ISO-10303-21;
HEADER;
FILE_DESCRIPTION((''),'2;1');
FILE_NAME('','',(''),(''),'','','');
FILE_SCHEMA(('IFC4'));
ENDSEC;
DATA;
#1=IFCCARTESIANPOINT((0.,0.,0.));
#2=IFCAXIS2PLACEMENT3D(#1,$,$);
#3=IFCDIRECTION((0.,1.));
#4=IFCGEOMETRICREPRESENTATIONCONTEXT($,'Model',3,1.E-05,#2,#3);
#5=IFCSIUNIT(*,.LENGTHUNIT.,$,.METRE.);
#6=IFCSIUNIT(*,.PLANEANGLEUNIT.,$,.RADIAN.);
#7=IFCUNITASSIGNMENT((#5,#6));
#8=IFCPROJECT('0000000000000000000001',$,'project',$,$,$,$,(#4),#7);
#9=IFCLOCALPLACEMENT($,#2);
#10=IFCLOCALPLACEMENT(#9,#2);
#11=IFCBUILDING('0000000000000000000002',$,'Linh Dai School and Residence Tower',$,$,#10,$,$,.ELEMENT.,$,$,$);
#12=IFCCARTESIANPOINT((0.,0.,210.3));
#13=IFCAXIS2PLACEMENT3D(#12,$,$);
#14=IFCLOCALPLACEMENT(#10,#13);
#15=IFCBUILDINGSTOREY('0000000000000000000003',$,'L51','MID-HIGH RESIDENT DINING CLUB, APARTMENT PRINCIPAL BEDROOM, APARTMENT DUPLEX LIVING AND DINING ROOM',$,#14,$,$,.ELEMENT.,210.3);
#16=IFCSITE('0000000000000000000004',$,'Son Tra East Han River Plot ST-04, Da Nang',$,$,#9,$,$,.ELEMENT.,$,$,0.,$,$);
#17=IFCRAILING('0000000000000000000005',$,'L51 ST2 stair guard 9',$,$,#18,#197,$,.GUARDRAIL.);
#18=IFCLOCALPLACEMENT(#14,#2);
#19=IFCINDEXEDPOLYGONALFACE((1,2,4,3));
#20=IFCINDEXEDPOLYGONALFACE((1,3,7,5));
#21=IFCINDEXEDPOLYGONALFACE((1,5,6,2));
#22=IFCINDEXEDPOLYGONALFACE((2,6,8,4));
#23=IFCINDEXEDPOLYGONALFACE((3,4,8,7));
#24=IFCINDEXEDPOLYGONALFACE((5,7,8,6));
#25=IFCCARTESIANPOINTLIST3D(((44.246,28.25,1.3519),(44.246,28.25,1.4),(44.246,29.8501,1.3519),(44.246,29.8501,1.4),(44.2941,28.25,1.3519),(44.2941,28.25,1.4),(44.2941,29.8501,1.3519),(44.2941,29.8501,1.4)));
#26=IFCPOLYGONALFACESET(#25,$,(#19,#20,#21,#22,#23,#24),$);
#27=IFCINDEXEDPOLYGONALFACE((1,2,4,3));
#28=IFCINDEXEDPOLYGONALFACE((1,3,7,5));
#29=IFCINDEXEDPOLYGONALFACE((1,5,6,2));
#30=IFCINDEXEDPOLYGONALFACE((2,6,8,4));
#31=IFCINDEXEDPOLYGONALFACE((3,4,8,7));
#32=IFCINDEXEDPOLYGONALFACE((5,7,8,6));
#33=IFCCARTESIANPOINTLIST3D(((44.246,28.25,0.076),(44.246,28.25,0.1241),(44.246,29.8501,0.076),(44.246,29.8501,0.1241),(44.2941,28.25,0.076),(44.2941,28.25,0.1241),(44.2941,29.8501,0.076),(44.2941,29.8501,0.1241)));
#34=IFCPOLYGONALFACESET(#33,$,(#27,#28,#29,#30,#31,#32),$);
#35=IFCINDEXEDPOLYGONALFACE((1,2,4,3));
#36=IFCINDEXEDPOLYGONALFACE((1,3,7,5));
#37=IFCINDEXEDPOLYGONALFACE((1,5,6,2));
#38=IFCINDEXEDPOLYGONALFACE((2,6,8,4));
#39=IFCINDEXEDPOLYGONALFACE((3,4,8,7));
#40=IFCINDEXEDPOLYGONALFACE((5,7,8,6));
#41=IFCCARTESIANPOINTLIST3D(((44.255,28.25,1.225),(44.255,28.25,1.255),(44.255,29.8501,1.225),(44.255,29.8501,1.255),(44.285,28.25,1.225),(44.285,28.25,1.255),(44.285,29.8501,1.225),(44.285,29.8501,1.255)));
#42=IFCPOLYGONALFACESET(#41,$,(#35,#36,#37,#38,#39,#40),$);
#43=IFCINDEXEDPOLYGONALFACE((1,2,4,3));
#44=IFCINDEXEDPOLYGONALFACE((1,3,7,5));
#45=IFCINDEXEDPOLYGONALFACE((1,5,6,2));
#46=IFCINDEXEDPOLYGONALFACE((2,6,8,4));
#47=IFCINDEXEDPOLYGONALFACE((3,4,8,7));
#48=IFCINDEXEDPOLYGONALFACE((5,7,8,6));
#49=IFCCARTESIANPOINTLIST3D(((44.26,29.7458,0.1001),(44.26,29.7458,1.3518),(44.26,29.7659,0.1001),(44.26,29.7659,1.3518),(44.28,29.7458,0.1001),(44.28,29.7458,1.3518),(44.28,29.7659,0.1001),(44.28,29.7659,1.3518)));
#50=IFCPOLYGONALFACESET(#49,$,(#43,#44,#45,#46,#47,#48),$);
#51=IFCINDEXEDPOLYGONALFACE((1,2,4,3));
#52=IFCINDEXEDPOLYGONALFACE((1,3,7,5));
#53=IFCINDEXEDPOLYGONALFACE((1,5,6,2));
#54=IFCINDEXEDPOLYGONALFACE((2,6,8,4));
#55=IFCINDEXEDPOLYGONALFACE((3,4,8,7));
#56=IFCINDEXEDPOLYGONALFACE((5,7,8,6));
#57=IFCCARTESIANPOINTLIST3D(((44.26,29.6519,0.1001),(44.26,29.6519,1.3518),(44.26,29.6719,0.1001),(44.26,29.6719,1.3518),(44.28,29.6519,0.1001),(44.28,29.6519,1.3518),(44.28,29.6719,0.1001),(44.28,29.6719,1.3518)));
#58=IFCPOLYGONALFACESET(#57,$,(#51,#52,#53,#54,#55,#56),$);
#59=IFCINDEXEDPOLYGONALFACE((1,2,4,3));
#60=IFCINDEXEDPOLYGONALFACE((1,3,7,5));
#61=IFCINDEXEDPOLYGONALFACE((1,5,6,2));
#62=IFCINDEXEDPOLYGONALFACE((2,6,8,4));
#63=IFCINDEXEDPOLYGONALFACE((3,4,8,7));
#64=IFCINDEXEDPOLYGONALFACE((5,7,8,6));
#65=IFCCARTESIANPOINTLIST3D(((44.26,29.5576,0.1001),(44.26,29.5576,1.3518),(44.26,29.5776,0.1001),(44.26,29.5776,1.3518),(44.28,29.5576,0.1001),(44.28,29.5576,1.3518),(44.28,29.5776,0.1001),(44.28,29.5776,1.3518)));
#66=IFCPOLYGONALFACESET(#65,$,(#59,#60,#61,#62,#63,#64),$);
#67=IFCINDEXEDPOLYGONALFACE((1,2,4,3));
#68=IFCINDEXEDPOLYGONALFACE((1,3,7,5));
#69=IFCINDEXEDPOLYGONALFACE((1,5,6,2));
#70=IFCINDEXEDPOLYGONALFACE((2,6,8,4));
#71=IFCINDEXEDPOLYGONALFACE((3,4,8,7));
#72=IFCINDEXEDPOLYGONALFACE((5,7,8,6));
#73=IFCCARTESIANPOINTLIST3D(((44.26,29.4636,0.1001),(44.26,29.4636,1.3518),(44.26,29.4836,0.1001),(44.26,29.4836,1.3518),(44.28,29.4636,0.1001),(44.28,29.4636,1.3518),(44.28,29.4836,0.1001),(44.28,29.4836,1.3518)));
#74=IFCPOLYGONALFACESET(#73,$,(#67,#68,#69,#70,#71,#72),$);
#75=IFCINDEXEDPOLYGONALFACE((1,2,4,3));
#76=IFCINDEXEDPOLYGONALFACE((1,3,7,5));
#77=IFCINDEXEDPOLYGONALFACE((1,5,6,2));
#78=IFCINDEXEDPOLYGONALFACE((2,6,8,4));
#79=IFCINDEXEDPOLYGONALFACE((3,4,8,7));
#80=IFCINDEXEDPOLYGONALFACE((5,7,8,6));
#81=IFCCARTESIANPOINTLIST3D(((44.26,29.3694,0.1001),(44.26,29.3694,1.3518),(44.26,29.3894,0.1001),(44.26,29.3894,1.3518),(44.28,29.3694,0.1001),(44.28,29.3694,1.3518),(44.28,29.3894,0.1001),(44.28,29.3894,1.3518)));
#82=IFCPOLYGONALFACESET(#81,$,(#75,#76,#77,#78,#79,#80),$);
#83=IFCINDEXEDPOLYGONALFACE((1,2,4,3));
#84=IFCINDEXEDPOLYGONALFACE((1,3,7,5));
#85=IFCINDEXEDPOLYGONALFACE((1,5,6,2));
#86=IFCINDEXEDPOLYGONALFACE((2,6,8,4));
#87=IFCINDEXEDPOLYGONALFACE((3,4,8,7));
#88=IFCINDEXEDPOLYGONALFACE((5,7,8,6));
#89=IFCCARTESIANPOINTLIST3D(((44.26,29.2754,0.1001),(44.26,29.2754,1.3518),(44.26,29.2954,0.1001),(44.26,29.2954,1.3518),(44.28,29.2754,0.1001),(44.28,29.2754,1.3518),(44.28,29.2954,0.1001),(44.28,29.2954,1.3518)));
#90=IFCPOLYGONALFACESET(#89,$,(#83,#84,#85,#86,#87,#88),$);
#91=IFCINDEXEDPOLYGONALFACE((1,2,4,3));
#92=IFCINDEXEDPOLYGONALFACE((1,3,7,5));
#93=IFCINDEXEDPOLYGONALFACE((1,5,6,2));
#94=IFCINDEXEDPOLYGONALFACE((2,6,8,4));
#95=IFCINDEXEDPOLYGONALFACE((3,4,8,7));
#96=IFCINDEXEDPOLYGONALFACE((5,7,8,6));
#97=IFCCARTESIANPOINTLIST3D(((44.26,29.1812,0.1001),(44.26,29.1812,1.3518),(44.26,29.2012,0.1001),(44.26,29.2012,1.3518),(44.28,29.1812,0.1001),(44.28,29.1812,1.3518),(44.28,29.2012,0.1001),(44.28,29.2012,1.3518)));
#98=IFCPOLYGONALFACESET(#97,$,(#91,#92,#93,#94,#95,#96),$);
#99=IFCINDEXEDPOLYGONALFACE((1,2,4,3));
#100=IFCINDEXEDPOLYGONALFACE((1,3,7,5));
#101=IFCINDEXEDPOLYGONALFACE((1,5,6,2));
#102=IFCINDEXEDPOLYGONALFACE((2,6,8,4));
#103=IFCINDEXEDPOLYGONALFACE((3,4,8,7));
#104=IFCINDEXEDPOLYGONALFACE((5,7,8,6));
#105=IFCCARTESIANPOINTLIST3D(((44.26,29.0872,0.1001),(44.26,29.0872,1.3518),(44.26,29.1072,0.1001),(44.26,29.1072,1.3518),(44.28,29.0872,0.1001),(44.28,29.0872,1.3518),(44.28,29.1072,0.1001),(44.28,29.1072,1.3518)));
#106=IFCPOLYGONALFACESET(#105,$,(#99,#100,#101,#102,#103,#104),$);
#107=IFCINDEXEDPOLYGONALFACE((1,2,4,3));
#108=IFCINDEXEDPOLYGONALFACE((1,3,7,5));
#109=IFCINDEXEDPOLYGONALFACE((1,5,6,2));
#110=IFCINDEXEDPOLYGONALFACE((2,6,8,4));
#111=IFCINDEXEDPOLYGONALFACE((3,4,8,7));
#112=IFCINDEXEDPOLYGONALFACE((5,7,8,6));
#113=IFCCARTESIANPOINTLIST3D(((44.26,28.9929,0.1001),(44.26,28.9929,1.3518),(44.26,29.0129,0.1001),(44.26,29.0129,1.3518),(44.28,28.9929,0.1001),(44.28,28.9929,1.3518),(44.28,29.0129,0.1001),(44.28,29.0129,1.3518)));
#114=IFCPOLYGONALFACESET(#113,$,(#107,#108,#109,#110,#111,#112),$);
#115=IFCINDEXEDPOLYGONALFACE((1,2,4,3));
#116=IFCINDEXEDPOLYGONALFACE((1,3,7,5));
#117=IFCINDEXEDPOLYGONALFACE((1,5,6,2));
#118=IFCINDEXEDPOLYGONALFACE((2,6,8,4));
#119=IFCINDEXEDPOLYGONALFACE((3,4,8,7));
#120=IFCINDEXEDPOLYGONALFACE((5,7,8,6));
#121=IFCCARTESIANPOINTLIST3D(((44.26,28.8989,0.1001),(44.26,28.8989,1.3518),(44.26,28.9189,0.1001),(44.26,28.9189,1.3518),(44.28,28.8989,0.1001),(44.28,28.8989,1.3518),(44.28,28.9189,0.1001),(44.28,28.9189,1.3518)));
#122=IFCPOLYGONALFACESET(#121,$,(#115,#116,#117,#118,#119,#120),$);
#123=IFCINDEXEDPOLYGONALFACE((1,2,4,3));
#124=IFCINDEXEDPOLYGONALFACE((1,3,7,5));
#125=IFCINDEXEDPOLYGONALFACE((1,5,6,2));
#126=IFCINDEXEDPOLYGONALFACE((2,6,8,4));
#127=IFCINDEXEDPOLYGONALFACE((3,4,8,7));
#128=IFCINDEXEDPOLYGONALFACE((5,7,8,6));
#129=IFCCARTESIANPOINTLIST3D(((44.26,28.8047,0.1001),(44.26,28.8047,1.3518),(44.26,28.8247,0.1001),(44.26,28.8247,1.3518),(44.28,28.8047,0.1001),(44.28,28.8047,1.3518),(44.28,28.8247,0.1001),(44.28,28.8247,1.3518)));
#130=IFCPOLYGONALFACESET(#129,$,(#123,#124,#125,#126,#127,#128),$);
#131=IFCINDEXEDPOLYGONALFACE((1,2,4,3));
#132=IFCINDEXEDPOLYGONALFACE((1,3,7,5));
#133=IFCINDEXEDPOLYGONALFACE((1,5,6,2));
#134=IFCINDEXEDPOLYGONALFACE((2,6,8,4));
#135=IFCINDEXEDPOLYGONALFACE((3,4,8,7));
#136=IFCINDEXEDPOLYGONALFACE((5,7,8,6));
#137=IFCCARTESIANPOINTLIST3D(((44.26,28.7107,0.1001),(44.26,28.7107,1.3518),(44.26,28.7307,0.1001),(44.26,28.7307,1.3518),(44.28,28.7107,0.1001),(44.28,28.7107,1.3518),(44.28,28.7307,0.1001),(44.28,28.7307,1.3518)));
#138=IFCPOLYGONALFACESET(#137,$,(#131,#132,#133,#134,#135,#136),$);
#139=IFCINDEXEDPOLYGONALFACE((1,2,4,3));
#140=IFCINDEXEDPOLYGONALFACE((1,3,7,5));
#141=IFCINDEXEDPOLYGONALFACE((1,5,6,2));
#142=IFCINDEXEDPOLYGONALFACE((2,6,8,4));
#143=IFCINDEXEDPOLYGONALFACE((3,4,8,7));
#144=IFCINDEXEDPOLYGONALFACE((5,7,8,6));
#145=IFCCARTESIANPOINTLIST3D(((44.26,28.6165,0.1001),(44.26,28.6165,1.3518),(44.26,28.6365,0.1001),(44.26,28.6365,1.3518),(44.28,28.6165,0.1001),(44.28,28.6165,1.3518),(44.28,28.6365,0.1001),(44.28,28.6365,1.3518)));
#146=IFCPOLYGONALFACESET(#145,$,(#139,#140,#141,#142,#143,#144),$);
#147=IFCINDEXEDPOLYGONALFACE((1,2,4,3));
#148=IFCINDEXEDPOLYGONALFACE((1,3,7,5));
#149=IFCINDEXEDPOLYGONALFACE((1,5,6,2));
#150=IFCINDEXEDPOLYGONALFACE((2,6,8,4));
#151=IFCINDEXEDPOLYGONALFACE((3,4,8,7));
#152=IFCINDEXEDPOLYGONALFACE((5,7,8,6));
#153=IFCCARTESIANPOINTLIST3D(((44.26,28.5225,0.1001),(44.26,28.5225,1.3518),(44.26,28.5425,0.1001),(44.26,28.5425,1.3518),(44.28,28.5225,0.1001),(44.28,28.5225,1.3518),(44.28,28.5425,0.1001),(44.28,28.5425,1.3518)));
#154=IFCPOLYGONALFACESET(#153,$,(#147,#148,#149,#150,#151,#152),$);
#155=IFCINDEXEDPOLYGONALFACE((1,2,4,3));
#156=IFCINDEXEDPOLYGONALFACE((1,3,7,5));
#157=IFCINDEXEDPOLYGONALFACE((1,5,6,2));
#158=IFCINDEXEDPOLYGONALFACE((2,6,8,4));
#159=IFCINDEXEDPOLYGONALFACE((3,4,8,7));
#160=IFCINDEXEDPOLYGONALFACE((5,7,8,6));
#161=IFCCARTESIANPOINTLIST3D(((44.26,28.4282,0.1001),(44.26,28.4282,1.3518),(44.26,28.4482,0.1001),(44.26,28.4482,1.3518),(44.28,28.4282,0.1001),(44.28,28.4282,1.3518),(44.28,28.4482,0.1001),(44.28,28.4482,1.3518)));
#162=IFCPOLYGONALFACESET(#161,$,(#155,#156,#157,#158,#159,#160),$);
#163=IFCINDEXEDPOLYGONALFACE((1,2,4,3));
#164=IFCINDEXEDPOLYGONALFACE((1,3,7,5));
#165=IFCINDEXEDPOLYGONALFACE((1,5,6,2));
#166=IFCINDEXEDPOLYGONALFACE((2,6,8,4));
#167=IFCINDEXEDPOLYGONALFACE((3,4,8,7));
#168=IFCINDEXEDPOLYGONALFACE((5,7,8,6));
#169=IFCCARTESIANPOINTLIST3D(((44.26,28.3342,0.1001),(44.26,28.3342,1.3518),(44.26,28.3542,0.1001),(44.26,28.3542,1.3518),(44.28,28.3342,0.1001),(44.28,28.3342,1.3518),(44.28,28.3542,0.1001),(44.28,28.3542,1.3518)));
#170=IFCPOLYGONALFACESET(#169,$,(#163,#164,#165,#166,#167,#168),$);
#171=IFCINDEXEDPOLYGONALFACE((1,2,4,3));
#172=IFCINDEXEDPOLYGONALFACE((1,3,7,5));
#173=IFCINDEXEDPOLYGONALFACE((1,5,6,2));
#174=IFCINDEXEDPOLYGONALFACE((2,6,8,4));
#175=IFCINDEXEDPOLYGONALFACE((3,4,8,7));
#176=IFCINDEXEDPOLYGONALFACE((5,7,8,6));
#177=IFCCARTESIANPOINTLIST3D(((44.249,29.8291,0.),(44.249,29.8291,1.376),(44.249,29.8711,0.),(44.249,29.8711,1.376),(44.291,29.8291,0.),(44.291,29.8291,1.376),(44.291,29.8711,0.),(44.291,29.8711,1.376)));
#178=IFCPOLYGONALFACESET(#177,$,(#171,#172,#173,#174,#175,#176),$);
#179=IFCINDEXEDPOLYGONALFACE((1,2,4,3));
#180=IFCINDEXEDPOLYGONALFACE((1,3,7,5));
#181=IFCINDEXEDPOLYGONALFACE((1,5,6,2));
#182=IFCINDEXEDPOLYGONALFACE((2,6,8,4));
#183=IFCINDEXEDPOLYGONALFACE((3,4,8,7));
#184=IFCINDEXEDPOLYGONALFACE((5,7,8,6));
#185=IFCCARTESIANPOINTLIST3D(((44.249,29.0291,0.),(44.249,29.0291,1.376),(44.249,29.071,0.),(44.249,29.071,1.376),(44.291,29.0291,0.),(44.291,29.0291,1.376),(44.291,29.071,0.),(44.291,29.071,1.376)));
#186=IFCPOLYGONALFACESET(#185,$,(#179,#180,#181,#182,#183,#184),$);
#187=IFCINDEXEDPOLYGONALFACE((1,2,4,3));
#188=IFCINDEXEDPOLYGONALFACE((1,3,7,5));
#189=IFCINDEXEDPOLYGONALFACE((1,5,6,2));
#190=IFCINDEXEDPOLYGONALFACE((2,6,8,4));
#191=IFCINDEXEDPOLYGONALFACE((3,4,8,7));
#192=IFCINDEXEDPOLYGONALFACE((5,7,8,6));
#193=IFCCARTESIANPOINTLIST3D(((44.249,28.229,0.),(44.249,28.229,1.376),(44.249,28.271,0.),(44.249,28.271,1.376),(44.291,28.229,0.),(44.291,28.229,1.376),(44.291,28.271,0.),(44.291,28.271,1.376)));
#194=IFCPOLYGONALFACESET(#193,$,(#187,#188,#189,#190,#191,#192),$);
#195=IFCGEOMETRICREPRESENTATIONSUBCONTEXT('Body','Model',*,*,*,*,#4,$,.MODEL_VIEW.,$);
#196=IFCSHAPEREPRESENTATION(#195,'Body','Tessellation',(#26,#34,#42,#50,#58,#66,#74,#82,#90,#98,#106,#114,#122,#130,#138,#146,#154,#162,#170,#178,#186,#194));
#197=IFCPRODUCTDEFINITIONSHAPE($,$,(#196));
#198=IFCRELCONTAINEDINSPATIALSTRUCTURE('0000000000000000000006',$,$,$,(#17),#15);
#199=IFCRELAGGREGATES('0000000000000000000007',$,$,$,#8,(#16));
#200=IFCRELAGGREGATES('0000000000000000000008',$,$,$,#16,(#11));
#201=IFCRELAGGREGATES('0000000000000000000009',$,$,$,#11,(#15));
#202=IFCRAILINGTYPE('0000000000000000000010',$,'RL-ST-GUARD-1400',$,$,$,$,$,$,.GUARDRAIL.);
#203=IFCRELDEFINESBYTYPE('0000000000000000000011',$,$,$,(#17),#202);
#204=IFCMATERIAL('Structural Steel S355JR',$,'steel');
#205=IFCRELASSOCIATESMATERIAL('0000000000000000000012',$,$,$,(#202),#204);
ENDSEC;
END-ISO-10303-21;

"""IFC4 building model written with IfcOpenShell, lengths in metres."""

from ifc_helpers import new_model, si_unit, direction, frame, origin, origin_2d, place, context, subcontext, project, spatial, rectangle, extrude, source, transform, mapped, material, type_object, element, save


model = new_model("IFC4")

# Units and contexts
model_context = context("Model", 3, precision=1e-05, world=origin(), true_north=direction((0.0, 1.0)))
body_context = subcontext(model_context, "Body", "Model", "MODEL_VIEW")
ifc_project = project(units=[si_unit("LENGTHUNIT", "METRE"), si_unit("PLANEANGLEUNIT", "RADIAN")], contexts=[model_context])

# Site, building, storey
site_placement = place(None, origin())
site = spatial("IfcSite", under=ifc_project, at=site_placement, Name="Son Tra East Han River Plot ST-04, Da Nang", CompositionType="ELEMENT", RefElevation=0.0)
building_placement = place(site_placement, origin())
building = spatial("IfcBuilding", under=site, at=building_placement, Name="Linh Dai School and Residence Tower", CompositionType="ELEMENT")
storey_placement = place(building_placement, frame((0.0, 0.0, 210.3)))
storey = spatial("IfcBuildingStorey", under=building, at=storey_placement, Name="L51", Description="MID-HIGH RESIDENT DINING CLUB, APARTMENT PRINCIPAL BEDROOM, APARTMENT DUPLEX LIVING AND DINING ROOM", CompositionType="ELEMENT", Elevation=210.3)

# Shared definitions
ifc_material_1 = material(Name="Structural Steel S355JR", Category="steel")

# Railing
railing_type_1 = type_object("IfcRailingType", Name="RL-ST-GUARD-1400", PredefinedType="GUARDRAIL", material=ifc_material_1)
shared_shape_1 = source(origin(), body_context, "Body", "SweptSolid", [
    extrude(rectangle(XDim=0.0481, YDim=0.0481, at=origin_2d()), frame((0.0, 0.0, 1.376), z_axis=(0.0, -1.0, 0.0), x_axis=(1.0, 0.0, 0.0)), (0.0, 0.0, 1.0), 1.6001),
    extrude(rectangle(XDim=0.0481, YDim=0.0481, at=origin_2d()), frame((0.0, 0.0, 0.1001), z_axis=(0.0, -1.0, 0.0), x_axis=(1.0, 0.0, 0.0)), (0.0, 0.0, 1.0), 1.6001),
    extrude(rectangle(XDim=0.03, YDim=0.03, at=origin_2d()), frame((0.0, 0.0, 1.24), z_axis=(0.0, -1.0, 0.0), x_axis=(1.0, 0.0, 0.0)), (0.0, 0.0, 1.0), 1.6001),
    extrude(rectangle(XDim=0.02, YDim=0.02, at=origin_2d()), frame((0.0, -0.0942, 0.1001)), (0.0, 0.0, 1.0), 1.2517),
    extrude(rectangle(XDim=0.02, YDim=0.02, at=origin_2d()), frame((0.0, -0.1882, 0.1001)), (0.0, 0.0, 1.0), 1.2517),
    extrude(rectangle(XDim=0.02, YDim=0.02, at=origin_2d()), frame((0.0, -0.2825, 0.1001)), (0.0, 0.0, 1.0), 1.2517),
    extrude(rectangle(XDim=0.02, YDim=0.02, at=origin_2d()), frame((0.0, -0.3765, 0.1001)), (0.0, 0.0, 1.0), 1.2517),
    extrude(rectangle(XDim=0.02, YDim=0.02, at=origin_2d()), frame((0.0, -0.4707, 0.1001)), (0.0, 0.0, 1.0), 1.2517),
    extrude(rectangle(XDim=0.02, YDim=0.02, at=origin_2d()), frame((0.0, -0.5647, 0.1001)), (0.0, 0.0, 1.0), 1.2517),
    extrude(rectangle(XDim=0.02, YDim=0.02, at=origin_2d()), frame((0.0, -0.6589, 0.1001)), (0.0, 0.0, 1.0), 1.2517),
    extrude(rectangle(XDim=0.02, YDim=0.02, at=origin_2d()), frame((0.0, -0.7529, 0.1001)), (0.0, 0.0, 1.0), 1.2517),
    extrude(rectangle(XDim=0.02, YDim=0.02, at=origin_2d()), frame((0.0, -0.8472, 0.1001)), (0.0, 0.0, 1.0), 1.2517),
    extrude(rectangle(XDim=0.02, YDim=0.02, at=origin_2d()), frame((0.0, -0.9412, 0.1001)), (0.0, 0.0, 1.0), 1.2517),
    extrude(rectangle(XDim=0.02, YDim=0.02, at=origin_2d()), frame((0.0, -1.0354, 0.1001)), (0.0, 0.0, 1.0), 1.2517),
    extrude(rectangle(XDim=0.02, YDim=0.02, at=origin_2d()), frame((0.0, -1.1294, 0.1001)), (0.0, 0.0, 1.0), 1.2517),
    extrude(rectangle(XDim=0.02, YDim=0.02, at=origin_2d()), frame((0.0, -1.2236, 0.1001)), (0.0, 0.0, 1.0), 1.2517),
    extrude(rectangle(XDim=0.02, YDim=0.02, at=origin_2d()), frame((0.0, -1.3176, 0.1001)), (0.0, 0.0, 1.0), 1.2517),
    extrude(rectangle(XDim=0.02, YDim=0.02, at=origin_2d()), frame((0.0, -1.4119, 0.1001)), (0.0, 0.0, 1.0), 1.2517),
    extrude(rectangle(XDim=0.02, YDim=0.02, at=origin_2d()), frame((0.0, -1.5059, 0.1001)), (0.0, 0.0, 1.0), 1.2517),
    extrude(rectangle(XDim=0.042, YDim=0.042, at=origin_2d()), origin(), (0.0, 0.0, 1.0), 1.376),
    extrude(rectangle(XDim=0.042, YDim=0.042, at=origin_2d()), frame((0.0, -0.8, 0.0)), (0.0, 0.0, 1.0), 1.376),
    extrude(rectangle(XDim=0.042, YDim=0.042, at=origin_2d()), frame((0.0, -1.6001, 0.0)), (0.0, 0.0, 1.0), 1.376),
])
for number, where, name in (
    (1, (44.27, 29.8501, 0.0), "L51 ST2 stair guard 9"),
):
    element("IfcRailing", number, at=place(storey_placement, frame(where)), inside=storey, type_object=railing_type_1, Name=name, PredefinedType="GUARDRAIL", context=body_context, shape_type="MappedRepresentation", body=[
        mapped(shared_shape_1, transform((0.0, 0.0, 0.0), x_axis=(1.0, 0.0, 0.0), y_axis=(0.0, 1.0, 0.0), z_axis=(0.0, 0.0, 1.0), scale=1.0)),
    ])

save(model, "model.ifc")
